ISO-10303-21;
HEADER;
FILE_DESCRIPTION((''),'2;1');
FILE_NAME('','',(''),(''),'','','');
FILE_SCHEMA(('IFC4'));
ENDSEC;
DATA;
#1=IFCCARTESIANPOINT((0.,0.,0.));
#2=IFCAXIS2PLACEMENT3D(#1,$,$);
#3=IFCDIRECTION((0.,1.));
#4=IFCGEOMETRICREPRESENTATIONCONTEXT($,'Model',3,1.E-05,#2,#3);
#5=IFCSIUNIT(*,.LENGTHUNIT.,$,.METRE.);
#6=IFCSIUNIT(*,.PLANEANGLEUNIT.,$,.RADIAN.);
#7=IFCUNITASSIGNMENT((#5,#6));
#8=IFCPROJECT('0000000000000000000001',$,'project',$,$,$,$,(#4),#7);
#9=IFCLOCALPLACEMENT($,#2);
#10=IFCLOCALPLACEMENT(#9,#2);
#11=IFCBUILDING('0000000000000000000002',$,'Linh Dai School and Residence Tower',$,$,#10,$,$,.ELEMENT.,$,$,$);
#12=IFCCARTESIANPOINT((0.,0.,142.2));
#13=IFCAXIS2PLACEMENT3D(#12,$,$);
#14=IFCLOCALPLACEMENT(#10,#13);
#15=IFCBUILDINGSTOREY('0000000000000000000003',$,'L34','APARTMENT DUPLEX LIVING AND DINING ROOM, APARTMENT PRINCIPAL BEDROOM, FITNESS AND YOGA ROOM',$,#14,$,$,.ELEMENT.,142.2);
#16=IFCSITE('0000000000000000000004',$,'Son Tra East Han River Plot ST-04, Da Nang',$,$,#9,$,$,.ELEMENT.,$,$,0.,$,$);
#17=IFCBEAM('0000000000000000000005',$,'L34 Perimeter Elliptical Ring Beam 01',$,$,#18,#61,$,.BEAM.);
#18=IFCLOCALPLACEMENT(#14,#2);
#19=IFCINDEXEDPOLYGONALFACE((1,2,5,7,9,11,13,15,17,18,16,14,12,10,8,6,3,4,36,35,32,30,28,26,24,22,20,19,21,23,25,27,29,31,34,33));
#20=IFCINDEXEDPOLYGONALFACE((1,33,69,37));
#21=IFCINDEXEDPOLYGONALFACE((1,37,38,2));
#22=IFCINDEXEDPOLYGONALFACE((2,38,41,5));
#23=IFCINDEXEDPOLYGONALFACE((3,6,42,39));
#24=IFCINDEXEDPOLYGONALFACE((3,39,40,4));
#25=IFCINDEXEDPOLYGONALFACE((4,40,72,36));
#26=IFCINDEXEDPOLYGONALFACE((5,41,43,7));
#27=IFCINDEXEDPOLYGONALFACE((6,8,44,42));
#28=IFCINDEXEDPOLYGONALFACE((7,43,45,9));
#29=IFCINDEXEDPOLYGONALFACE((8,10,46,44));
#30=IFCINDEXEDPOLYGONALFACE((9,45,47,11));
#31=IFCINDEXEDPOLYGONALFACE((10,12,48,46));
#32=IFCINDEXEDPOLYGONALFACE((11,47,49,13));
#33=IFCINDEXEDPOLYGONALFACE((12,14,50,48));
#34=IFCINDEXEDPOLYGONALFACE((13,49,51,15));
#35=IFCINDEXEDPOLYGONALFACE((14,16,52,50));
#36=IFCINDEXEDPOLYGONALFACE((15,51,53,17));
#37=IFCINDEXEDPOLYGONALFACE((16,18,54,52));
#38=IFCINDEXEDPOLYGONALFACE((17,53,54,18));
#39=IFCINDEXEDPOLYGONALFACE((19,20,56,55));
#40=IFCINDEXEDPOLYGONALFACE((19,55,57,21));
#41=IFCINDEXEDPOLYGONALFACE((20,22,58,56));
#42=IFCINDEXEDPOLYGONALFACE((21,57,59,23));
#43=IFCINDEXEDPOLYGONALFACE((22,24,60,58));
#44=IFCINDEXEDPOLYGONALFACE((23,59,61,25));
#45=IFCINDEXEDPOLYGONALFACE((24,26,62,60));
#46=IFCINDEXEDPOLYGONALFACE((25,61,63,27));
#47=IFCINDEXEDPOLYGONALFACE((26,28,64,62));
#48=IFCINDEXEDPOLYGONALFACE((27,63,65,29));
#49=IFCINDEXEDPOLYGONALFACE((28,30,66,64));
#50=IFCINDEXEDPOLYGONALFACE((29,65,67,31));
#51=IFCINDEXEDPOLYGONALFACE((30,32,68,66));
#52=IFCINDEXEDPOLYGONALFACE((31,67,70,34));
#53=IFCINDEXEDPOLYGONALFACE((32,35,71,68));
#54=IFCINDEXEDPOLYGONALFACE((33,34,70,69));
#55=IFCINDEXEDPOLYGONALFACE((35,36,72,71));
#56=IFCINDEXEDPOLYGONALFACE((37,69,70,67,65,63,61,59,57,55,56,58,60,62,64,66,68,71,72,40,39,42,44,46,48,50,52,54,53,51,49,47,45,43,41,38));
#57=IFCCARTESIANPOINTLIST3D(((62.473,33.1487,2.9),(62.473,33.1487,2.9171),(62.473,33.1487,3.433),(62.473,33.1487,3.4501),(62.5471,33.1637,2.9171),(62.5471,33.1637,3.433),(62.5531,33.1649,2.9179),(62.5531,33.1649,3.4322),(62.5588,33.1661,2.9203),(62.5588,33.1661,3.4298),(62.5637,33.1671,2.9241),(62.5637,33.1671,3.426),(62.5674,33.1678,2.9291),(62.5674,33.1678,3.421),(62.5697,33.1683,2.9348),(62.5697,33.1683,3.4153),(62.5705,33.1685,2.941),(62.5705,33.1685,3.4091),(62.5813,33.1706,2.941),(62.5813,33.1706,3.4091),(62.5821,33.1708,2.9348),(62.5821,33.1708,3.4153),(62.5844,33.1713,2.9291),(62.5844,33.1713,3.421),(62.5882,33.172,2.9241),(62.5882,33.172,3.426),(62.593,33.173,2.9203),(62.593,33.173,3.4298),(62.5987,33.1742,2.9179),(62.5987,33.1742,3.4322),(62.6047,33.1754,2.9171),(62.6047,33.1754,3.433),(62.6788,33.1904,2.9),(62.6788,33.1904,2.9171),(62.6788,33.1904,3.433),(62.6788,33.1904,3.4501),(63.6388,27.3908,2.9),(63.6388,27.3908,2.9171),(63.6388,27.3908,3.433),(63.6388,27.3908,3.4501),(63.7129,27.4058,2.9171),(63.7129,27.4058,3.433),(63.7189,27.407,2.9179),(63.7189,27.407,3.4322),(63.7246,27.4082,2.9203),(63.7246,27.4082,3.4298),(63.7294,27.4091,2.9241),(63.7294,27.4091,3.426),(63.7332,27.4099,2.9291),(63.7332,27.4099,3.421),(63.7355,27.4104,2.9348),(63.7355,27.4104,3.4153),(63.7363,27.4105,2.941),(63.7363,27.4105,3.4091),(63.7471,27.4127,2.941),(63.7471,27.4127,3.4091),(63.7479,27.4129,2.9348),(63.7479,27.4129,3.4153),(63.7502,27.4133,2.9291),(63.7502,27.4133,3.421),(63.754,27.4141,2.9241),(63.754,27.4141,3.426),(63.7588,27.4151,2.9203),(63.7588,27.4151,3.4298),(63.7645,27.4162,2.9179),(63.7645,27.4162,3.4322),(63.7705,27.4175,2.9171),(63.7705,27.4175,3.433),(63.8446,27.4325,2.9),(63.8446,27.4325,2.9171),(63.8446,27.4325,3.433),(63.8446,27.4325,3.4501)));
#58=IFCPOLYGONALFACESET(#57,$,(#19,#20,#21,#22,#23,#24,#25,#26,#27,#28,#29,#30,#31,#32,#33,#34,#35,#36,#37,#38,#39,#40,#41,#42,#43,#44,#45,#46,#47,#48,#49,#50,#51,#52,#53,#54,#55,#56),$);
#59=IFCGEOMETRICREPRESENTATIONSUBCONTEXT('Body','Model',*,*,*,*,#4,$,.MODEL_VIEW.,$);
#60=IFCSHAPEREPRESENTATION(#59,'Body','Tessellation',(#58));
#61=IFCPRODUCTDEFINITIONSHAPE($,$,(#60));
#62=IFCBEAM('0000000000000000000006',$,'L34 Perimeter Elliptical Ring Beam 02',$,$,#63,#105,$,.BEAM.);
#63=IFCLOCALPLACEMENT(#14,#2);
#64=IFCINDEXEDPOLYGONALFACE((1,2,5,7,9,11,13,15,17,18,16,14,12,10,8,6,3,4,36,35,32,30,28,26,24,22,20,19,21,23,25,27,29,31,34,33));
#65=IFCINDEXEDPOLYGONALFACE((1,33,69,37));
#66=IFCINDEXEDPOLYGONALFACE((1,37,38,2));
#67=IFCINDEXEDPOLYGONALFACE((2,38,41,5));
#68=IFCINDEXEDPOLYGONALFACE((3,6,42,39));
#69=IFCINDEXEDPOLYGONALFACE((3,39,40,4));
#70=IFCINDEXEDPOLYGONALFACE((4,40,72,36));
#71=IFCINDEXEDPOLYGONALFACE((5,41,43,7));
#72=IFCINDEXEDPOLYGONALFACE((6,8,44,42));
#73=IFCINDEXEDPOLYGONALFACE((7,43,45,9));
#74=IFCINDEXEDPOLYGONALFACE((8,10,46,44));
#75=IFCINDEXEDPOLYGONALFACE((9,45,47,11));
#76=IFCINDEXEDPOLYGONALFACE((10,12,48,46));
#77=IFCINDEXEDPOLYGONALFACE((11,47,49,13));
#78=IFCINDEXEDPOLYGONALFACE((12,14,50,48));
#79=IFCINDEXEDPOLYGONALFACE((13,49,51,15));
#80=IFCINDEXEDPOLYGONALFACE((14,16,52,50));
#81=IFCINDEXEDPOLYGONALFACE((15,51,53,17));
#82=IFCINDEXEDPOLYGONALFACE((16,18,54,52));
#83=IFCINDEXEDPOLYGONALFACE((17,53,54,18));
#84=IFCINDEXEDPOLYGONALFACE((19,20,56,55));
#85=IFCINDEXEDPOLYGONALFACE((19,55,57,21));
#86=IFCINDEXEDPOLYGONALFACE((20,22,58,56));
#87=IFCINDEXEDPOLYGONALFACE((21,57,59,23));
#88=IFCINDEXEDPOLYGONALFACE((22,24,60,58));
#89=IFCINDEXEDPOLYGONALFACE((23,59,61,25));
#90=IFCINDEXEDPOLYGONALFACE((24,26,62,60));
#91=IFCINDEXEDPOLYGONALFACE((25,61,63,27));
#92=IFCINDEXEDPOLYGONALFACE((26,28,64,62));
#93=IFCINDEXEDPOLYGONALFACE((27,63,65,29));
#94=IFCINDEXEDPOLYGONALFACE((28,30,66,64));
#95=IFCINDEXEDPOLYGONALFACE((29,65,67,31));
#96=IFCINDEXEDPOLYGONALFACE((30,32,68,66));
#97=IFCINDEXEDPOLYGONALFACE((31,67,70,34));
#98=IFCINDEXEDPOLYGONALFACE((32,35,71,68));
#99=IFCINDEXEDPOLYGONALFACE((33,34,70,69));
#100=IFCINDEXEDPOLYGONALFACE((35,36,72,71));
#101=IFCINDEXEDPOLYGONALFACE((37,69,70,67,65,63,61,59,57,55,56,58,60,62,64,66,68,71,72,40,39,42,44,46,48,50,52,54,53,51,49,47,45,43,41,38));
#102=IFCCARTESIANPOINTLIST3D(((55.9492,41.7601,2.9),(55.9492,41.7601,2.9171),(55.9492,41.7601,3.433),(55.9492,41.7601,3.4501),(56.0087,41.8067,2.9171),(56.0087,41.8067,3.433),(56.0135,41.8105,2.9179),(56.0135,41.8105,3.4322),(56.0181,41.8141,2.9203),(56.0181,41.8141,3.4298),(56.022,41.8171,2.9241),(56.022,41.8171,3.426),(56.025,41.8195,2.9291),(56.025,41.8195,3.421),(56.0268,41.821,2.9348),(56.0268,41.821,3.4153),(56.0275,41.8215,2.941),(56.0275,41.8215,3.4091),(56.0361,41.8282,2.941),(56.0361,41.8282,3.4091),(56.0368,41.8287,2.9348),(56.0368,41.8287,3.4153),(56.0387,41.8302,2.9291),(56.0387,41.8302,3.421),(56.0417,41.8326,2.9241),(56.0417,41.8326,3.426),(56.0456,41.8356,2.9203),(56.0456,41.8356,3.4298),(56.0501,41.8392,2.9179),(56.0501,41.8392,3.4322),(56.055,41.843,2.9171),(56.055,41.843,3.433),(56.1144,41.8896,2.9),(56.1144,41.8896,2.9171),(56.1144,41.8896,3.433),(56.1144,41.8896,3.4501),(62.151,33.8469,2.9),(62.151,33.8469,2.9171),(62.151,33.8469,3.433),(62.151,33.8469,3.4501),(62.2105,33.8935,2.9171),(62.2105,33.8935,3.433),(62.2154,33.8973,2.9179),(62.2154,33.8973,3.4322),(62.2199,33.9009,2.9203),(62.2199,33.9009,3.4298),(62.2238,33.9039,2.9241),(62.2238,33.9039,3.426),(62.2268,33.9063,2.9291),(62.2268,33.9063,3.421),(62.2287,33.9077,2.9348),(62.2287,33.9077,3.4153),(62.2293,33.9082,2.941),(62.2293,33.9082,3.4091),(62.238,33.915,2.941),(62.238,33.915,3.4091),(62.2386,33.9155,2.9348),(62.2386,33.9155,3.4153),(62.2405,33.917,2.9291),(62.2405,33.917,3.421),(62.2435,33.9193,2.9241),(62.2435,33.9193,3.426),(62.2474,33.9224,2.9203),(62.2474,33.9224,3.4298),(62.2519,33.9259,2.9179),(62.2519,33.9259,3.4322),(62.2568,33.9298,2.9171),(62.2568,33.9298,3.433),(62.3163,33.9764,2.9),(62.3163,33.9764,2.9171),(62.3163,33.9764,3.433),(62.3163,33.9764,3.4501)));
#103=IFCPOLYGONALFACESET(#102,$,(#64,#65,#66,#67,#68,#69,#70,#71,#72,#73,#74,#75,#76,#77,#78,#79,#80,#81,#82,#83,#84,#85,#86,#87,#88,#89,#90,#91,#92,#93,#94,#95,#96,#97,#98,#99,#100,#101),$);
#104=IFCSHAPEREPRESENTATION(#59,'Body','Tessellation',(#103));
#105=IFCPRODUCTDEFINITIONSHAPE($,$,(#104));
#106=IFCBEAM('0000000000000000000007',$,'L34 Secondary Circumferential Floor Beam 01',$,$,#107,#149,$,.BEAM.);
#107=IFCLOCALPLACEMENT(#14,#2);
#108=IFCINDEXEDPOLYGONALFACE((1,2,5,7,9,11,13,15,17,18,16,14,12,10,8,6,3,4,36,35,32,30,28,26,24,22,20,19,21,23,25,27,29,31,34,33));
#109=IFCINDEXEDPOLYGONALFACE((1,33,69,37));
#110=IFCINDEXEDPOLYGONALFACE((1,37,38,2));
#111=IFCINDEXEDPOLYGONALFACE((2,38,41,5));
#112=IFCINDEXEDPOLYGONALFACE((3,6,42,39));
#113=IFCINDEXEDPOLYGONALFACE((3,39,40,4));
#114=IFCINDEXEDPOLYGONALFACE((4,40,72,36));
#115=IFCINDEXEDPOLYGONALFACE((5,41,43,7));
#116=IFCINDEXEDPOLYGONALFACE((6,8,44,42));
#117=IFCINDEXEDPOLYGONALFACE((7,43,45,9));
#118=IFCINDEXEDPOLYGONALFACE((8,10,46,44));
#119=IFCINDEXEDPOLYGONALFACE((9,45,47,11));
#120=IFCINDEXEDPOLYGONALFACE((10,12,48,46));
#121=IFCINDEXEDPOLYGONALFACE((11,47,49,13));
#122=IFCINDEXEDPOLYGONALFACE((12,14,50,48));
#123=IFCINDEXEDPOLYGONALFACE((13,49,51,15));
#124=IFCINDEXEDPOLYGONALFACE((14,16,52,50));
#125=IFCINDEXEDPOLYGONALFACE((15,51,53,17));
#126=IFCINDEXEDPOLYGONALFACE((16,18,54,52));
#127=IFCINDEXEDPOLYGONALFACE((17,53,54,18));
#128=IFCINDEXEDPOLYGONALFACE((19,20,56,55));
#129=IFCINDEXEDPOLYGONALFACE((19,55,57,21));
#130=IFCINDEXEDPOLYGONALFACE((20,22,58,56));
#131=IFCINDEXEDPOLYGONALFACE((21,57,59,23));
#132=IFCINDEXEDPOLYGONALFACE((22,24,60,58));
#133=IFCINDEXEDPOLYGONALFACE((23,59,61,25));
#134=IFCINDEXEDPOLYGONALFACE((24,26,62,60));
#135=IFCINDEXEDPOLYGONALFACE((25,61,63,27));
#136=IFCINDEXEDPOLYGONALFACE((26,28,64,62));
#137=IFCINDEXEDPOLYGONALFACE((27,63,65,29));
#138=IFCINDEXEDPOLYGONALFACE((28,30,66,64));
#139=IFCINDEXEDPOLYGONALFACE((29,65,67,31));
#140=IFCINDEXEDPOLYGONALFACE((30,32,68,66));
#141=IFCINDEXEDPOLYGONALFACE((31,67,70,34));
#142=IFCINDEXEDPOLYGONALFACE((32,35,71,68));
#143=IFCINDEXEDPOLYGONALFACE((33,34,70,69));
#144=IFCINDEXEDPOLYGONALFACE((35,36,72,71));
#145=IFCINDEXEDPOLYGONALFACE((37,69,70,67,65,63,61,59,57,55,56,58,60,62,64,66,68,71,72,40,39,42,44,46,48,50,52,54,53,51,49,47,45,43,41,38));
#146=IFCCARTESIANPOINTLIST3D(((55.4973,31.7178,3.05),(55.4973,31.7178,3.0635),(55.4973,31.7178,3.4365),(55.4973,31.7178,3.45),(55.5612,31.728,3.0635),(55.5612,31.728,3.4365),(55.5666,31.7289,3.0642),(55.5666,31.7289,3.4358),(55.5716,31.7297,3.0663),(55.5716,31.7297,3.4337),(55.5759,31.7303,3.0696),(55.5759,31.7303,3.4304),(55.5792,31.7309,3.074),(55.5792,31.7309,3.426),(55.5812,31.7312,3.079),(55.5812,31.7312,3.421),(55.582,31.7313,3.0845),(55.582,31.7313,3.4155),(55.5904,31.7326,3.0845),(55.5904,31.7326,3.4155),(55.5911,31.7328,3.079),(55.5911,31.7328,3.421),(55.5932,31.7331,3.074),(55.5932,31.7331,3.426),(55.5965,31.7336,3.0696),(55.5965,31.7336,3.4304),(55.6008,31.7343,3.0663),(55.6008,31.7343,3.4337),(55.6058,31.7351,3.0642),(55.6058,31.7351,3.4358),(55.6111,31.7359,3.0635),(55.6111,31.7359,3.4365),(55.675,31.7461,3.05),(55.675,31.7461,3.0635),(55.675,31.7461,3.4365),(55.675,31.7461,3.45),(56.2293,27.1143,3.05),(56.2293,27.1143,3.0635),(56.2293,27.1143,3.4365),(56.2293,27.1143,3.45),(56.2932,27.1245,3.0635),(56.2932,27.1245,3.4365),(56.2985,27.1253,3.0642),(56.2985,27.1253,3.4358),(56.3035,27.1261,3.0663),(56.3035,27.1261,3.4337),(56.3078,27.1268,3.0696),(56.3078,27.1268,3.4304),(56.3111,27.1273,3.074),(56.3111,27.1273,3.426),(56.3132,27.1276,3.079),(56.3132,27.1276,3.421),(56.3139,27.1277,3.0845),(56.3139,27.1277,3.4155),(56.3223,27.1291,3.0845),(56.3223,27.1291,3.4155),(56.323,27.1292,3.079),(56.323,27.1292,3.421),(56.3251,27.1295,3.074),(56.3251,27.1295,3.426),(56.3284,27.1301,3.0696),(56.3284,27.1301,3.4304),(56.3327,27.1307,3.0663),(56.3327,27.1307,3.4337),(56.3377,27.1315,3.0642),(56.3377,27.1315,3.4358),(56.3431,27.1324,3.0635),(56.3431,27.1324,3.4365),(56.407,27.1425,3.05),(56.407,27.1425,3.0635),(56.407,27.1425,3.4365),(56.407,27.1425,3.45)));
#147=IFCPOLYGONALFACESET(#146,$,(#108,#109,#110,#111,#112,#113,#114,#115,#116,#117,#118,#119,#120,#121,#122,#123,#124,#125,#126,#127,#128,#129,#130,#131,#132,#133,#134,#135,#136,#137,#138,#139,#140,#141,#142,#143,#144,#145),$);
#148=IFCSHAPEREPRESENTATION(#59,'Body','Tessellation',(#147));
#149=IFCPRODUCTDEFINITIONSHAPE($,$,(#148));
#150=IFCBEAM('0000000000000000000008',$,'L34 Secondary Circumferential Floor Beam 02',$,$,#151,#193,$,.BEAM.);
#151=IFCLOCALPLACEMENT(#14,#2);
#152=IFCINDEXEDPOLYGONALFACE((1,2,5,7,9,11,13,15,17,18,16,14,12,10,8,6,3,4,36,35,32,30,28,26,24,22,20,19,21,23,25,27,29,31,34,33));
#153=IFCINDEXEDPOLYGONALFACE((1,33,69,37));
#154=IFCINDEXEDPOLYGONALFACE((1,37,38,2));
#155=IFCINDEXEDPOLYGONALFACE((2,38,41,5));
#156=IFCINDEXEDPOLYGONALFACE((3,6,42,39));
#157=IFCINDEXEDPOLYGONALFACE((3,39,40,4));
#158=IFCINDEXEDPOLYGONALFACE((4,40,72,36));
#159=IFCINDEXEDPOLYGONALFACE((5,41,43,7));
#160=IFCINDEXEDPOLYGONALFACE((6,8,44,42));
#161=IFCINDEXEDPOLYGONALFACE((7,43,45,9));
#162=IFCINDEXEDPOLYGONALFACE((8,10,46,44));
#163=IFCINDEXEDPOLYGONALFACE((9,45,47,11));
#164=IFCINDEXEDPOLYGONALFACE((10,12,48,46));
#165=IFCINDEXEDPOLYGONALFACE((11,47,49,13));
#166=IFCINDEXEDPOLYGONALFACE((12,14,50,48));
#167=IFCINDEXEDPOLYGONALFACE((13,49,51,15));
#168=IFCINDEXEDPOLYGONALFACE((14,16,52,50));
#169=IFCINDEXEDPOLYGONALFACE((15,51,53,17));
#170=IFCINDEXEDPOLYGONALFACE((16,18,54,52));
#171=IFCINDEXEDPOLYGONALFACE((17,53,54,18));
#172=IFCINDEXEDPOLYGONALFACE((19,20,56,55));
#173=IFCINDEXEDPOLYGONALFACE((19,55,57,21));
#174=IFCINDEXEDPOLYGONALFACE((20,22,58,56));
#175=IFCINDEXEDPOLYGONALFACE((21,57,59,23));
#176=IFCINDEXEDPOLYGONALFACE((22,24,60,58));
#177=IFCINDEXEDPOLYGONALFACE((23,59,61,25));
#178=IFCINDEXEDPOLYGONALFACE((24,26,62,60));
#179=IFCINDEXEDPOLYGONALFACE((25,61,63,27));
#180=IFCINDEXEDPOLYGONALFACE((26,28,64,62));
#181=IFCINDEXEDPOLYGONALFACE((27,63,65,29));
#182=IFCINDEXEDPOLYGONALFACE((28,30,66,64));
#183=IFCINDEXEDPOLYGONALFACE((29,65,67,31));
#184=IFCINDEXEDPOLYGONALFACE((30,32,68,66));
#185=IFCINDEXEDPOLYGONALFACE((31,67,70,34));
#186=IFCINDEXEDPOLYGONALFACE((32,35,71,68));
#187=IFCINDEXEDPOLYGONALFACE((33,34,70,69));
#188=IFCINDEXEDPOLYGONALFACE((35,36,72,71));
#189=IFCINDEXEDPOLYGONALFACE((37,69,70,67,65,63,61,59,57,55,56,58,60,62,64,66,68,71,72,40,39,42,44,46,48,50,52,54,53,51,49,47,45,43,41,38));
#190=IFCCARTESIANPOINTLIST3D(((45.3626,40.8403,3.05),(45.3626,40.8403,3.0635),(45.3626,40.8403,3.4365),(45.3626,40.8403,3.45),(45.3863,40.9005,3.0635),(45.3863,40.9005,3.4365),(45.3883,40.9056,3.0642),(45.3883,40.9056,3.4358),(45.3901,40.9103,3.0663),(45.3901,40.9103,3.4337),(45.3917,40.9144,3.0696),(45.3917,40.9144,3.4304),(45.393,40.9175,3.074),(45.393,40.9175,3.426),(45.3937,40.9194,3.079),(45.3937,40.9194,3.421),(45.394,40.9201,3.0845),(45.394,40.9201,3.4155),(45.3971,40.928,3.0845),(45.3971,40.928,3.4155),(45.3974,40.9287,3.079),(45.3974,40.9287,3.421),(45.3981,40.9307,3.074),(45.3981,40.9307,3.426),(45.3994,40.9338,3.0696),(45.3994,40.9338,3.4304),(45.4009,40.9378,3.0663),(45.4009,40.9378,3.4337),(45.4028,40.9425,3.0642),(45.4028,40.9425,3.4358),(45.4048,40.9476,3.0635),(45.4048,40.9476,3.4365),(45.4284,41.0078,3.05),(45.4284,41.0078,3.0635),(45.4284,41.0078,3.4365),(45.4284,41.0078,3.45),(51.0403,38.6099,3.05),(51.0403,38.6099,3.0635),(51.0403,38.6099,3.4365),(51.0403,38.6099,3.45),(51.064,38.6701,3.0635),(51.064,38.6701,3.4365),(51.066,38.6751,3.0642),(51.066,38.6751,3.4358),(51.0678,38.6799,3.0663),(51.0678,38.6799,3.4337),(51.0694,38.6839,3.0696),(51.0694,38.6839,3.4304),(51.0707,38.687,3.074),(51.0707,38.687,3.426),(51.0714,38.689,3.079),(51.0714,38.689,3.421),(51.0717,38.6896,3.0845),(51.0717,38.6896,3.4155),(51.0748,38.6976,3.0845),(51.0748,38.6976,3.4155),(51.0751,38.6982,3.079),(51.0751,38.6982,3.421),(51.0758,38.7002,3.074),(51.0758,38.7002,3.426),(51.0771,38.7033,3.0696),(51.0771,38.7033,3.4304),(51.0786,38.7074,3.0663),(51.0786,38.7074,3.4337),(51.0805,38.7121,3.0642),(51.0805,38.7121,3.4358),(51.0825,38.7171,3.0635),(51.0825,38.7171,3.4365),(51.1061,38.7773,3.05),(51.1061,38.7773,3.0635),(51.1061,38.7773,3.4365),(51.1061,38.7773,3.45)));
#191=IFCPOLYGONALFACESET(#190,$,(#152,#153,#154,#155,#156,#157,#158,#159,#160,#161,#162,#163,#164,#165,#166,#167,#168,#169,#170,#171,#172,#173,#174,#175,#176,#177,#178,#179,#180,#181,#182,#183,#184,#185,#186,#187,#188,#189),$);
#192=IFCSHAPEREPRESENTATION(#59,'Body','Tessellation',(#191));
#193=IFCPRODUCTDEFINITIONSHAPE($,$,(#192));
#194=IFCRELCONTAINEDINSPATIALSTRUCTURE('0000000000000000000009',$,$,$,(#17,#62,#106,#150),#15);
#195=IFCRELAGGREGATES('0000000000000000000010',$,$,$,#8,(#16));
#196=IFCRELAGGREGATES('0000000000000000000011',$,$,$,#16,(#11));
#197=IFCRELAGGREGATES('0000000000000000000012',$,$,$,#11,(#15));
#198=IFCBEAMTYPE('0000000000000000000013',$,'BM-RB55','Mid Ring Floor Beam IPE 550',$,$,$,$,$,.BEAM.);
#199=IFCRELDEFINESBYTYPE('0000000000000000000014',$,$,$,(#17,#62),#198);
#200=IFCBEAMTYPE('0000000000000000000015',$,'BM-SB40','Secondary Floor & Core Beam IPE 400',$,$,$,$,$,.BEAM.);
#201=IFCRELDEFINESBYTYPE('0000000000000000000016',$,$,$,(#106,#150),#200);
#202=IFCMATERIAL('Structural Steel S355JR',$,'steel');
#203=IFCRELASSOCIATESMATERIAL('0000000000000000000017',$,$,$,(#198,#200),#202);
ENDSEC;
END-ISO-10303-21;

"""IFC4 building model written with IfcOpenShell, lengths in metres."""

from ifc_helpers import new_model, si_unit, direction, frame, origin, origin_2d, place, context, subcontext, project, spatial, i_section, extrude, material, material_profile, profile_set, type_object, element, save


model = new_model("IFC4")

# Units and contexts
model_context = context("Model", 3, precision=1e-05, world=origin(), true_north=direction((0.0, 1.0)))
body_context = subcontext(model_context, "Body", "Model", "MODEL_VIEW")
ifc_project = project(units=[si_unit("LENGTHUNIT", "METRE"), si_unit("PLANEANGLEUNIT", "RADIAN")], contexts=[model_context])

# Site, building, storey
site_placement = place(None, origin())
site = spatial("IfcSite", under=ifc_project, at=site_placement, Name="Son Tra East Han River Plot ST-04, Da Nang", CompositionType="ELEMENT", RefElevation=0.0)
building_placement = place(site_placement, origin())
building = spatial("IfcBuilding", under=site, at=building_placement, Name="Linh Dai School and Residence Tower", CompositionType="ELEMENT")
storey_placement = place(building_placement, frame((0.0, 0.0, 142.2)))
storey = spatial("IfcBuildingStorey", under=building, at=storey_placement, Name="L34", Description="APARTMENT DUPLEX LIVING AND DINING ROOM, APARTMENT PRINCIPAL BEDROOM, FITNESS AND YOGA ROOM", CompositionType="ELEMENT", Elevation=142.2)

# Shared definitions
ifc_material_1 = material(Name="Structural Steel S355JR", Category="steel")

# Beams
ifc_material_profile_1 = material_profile(ifc_material_1, i_section(OverallWidth=0.21, OverallDepth=0.55, WebThickness=0.011, FlangeThickness=0.0171, FilletRadius=0.0239, at=origin_2d()), Name="IPE 550")
ifc_profile_set_1 = profile_set([ifc_material_profile_1], Name="Structural Steel S355JR")
beam_type_1 = type_object("IfcBeamType", Name="BM-RB55", Description="Mid Ring Floor Beam IPE 550", PredefinedType="BEAM", material=ifc_profile_set_1)
beam_1_placement = place(storey_placement, frame((63.7417, 27.4116, 3.175), z_axis=(-0.198441, 0.980113, 0.0), x_axis=(-0.980113, -0.198441, 0.0)))
element("IfcBeam", 1, at=beam_1_placement, inside=storey, type_object=beam_type_1, Name="L34 Perimeter Elliptical Ring Beam 01", PredefinedType="BEAM", context=body_context, shape_type="SweptSolid", body=[
    extrude(i_section(OverallWidth=0.21, OverallDepth=0.55, WebThickness=0.011, FlangeThickness=0.0171, FilletRadius=0.0239, at=origin_2d()), origin(), (0.0, 0.0, 1.0), 5.8748),
])
beam_2_placement = place(storey_placement, frame((62.2336, 33.9116, 3.175), z_axis=(-0.616855, 0.787077, 0.0), x_axis=(-0.787077, -0.616855, 0.0)))
element("IfcBeam", 2, at=beam_2_placement, inside=storey, type_object=beam_type_1, Name="L34 Perimeter Elliptical Ring Beam 02", PredefinedType="BEAM", context=body_context, shape_type="SweptSolid", body=[
    extrude(i_section(OverallWidth=0.21, OverallDepth=0.55, WebThickness=0.011, FlangeThickness=0.0171, FilletRadius=0.0239, at=origin_2d()), origin(), (0.0, 0.0, 1.0), 10.054),
])
ifc_material_profile_2 = material_profile(ifc_material_1, i_section(OverallWidth=0.1799, OverallDepth=0.3999, WebThickness=0.0085, FlangeThickness=0.0134, FilletRadius=0.021, at=origin_2d()), Name="IPE 400")
ifc_profile_set_2 = profile_set([ifc_material_profile_2], Name="Structural Steel S355JR")
beam_type_2 = type_object("IfcBeamType", Name="BM-SB40", Description="Secondary Floor & Core Beam IPE 400", PredefinedType="BEAM", material=ifc_profile_set_2)
beam_3_placement = place(storey_placement, frame((56.3181, 27.1284, 3.25), z_axis=(-0.157022, 0.987595, 0.0), x_axis=(-0.987595, -0.157022, 0.0)))
element("IfcBeam", 3, at=beam_3_placement, inside=storey, type_object=beam_type_2, Name="L34 Secondary Circumferential Floor Beam 01", PredefinedType="BEAM", context=body_context, shape_type="SweptSolid", body=[
    extrude(i_section(OverallWidth=0.1799, OverallDepth=0.3999, WebThickness=0.0085, FlangeThickness=0.0134, FilletRadius=0.021, at=origin_2d()), origin(), (0.0, 0.0, 1.0), 4.6614),
])
beam_4_placement = place(storey_placement, frame((51.0732, 38.6936, 3.25), z_axis=(-0.930755, 0.365642, 0.0), x_axis=(-0.365642, -0.930755, 0.0)))
element("IfcBeam", 4, at=beam_4_placement, inside=storey, type_object=beam_type_2, Name="L34 Secondary Circumferential Floor Beam 02", PredefinedType="BEAM", context=body_context, shape_type="SweptSolid", body=[
    extrude(i_section(OverallWidth=0.1799, OverallDepth=0.3999, WebThickness=0.0085, FlangeThickness=0.0134, FilletRadius=0.021, at=origin_2d()), origin(), (0.0, 0.0, 1.0), 6.1001),
])

save(model, "model.ifc")
